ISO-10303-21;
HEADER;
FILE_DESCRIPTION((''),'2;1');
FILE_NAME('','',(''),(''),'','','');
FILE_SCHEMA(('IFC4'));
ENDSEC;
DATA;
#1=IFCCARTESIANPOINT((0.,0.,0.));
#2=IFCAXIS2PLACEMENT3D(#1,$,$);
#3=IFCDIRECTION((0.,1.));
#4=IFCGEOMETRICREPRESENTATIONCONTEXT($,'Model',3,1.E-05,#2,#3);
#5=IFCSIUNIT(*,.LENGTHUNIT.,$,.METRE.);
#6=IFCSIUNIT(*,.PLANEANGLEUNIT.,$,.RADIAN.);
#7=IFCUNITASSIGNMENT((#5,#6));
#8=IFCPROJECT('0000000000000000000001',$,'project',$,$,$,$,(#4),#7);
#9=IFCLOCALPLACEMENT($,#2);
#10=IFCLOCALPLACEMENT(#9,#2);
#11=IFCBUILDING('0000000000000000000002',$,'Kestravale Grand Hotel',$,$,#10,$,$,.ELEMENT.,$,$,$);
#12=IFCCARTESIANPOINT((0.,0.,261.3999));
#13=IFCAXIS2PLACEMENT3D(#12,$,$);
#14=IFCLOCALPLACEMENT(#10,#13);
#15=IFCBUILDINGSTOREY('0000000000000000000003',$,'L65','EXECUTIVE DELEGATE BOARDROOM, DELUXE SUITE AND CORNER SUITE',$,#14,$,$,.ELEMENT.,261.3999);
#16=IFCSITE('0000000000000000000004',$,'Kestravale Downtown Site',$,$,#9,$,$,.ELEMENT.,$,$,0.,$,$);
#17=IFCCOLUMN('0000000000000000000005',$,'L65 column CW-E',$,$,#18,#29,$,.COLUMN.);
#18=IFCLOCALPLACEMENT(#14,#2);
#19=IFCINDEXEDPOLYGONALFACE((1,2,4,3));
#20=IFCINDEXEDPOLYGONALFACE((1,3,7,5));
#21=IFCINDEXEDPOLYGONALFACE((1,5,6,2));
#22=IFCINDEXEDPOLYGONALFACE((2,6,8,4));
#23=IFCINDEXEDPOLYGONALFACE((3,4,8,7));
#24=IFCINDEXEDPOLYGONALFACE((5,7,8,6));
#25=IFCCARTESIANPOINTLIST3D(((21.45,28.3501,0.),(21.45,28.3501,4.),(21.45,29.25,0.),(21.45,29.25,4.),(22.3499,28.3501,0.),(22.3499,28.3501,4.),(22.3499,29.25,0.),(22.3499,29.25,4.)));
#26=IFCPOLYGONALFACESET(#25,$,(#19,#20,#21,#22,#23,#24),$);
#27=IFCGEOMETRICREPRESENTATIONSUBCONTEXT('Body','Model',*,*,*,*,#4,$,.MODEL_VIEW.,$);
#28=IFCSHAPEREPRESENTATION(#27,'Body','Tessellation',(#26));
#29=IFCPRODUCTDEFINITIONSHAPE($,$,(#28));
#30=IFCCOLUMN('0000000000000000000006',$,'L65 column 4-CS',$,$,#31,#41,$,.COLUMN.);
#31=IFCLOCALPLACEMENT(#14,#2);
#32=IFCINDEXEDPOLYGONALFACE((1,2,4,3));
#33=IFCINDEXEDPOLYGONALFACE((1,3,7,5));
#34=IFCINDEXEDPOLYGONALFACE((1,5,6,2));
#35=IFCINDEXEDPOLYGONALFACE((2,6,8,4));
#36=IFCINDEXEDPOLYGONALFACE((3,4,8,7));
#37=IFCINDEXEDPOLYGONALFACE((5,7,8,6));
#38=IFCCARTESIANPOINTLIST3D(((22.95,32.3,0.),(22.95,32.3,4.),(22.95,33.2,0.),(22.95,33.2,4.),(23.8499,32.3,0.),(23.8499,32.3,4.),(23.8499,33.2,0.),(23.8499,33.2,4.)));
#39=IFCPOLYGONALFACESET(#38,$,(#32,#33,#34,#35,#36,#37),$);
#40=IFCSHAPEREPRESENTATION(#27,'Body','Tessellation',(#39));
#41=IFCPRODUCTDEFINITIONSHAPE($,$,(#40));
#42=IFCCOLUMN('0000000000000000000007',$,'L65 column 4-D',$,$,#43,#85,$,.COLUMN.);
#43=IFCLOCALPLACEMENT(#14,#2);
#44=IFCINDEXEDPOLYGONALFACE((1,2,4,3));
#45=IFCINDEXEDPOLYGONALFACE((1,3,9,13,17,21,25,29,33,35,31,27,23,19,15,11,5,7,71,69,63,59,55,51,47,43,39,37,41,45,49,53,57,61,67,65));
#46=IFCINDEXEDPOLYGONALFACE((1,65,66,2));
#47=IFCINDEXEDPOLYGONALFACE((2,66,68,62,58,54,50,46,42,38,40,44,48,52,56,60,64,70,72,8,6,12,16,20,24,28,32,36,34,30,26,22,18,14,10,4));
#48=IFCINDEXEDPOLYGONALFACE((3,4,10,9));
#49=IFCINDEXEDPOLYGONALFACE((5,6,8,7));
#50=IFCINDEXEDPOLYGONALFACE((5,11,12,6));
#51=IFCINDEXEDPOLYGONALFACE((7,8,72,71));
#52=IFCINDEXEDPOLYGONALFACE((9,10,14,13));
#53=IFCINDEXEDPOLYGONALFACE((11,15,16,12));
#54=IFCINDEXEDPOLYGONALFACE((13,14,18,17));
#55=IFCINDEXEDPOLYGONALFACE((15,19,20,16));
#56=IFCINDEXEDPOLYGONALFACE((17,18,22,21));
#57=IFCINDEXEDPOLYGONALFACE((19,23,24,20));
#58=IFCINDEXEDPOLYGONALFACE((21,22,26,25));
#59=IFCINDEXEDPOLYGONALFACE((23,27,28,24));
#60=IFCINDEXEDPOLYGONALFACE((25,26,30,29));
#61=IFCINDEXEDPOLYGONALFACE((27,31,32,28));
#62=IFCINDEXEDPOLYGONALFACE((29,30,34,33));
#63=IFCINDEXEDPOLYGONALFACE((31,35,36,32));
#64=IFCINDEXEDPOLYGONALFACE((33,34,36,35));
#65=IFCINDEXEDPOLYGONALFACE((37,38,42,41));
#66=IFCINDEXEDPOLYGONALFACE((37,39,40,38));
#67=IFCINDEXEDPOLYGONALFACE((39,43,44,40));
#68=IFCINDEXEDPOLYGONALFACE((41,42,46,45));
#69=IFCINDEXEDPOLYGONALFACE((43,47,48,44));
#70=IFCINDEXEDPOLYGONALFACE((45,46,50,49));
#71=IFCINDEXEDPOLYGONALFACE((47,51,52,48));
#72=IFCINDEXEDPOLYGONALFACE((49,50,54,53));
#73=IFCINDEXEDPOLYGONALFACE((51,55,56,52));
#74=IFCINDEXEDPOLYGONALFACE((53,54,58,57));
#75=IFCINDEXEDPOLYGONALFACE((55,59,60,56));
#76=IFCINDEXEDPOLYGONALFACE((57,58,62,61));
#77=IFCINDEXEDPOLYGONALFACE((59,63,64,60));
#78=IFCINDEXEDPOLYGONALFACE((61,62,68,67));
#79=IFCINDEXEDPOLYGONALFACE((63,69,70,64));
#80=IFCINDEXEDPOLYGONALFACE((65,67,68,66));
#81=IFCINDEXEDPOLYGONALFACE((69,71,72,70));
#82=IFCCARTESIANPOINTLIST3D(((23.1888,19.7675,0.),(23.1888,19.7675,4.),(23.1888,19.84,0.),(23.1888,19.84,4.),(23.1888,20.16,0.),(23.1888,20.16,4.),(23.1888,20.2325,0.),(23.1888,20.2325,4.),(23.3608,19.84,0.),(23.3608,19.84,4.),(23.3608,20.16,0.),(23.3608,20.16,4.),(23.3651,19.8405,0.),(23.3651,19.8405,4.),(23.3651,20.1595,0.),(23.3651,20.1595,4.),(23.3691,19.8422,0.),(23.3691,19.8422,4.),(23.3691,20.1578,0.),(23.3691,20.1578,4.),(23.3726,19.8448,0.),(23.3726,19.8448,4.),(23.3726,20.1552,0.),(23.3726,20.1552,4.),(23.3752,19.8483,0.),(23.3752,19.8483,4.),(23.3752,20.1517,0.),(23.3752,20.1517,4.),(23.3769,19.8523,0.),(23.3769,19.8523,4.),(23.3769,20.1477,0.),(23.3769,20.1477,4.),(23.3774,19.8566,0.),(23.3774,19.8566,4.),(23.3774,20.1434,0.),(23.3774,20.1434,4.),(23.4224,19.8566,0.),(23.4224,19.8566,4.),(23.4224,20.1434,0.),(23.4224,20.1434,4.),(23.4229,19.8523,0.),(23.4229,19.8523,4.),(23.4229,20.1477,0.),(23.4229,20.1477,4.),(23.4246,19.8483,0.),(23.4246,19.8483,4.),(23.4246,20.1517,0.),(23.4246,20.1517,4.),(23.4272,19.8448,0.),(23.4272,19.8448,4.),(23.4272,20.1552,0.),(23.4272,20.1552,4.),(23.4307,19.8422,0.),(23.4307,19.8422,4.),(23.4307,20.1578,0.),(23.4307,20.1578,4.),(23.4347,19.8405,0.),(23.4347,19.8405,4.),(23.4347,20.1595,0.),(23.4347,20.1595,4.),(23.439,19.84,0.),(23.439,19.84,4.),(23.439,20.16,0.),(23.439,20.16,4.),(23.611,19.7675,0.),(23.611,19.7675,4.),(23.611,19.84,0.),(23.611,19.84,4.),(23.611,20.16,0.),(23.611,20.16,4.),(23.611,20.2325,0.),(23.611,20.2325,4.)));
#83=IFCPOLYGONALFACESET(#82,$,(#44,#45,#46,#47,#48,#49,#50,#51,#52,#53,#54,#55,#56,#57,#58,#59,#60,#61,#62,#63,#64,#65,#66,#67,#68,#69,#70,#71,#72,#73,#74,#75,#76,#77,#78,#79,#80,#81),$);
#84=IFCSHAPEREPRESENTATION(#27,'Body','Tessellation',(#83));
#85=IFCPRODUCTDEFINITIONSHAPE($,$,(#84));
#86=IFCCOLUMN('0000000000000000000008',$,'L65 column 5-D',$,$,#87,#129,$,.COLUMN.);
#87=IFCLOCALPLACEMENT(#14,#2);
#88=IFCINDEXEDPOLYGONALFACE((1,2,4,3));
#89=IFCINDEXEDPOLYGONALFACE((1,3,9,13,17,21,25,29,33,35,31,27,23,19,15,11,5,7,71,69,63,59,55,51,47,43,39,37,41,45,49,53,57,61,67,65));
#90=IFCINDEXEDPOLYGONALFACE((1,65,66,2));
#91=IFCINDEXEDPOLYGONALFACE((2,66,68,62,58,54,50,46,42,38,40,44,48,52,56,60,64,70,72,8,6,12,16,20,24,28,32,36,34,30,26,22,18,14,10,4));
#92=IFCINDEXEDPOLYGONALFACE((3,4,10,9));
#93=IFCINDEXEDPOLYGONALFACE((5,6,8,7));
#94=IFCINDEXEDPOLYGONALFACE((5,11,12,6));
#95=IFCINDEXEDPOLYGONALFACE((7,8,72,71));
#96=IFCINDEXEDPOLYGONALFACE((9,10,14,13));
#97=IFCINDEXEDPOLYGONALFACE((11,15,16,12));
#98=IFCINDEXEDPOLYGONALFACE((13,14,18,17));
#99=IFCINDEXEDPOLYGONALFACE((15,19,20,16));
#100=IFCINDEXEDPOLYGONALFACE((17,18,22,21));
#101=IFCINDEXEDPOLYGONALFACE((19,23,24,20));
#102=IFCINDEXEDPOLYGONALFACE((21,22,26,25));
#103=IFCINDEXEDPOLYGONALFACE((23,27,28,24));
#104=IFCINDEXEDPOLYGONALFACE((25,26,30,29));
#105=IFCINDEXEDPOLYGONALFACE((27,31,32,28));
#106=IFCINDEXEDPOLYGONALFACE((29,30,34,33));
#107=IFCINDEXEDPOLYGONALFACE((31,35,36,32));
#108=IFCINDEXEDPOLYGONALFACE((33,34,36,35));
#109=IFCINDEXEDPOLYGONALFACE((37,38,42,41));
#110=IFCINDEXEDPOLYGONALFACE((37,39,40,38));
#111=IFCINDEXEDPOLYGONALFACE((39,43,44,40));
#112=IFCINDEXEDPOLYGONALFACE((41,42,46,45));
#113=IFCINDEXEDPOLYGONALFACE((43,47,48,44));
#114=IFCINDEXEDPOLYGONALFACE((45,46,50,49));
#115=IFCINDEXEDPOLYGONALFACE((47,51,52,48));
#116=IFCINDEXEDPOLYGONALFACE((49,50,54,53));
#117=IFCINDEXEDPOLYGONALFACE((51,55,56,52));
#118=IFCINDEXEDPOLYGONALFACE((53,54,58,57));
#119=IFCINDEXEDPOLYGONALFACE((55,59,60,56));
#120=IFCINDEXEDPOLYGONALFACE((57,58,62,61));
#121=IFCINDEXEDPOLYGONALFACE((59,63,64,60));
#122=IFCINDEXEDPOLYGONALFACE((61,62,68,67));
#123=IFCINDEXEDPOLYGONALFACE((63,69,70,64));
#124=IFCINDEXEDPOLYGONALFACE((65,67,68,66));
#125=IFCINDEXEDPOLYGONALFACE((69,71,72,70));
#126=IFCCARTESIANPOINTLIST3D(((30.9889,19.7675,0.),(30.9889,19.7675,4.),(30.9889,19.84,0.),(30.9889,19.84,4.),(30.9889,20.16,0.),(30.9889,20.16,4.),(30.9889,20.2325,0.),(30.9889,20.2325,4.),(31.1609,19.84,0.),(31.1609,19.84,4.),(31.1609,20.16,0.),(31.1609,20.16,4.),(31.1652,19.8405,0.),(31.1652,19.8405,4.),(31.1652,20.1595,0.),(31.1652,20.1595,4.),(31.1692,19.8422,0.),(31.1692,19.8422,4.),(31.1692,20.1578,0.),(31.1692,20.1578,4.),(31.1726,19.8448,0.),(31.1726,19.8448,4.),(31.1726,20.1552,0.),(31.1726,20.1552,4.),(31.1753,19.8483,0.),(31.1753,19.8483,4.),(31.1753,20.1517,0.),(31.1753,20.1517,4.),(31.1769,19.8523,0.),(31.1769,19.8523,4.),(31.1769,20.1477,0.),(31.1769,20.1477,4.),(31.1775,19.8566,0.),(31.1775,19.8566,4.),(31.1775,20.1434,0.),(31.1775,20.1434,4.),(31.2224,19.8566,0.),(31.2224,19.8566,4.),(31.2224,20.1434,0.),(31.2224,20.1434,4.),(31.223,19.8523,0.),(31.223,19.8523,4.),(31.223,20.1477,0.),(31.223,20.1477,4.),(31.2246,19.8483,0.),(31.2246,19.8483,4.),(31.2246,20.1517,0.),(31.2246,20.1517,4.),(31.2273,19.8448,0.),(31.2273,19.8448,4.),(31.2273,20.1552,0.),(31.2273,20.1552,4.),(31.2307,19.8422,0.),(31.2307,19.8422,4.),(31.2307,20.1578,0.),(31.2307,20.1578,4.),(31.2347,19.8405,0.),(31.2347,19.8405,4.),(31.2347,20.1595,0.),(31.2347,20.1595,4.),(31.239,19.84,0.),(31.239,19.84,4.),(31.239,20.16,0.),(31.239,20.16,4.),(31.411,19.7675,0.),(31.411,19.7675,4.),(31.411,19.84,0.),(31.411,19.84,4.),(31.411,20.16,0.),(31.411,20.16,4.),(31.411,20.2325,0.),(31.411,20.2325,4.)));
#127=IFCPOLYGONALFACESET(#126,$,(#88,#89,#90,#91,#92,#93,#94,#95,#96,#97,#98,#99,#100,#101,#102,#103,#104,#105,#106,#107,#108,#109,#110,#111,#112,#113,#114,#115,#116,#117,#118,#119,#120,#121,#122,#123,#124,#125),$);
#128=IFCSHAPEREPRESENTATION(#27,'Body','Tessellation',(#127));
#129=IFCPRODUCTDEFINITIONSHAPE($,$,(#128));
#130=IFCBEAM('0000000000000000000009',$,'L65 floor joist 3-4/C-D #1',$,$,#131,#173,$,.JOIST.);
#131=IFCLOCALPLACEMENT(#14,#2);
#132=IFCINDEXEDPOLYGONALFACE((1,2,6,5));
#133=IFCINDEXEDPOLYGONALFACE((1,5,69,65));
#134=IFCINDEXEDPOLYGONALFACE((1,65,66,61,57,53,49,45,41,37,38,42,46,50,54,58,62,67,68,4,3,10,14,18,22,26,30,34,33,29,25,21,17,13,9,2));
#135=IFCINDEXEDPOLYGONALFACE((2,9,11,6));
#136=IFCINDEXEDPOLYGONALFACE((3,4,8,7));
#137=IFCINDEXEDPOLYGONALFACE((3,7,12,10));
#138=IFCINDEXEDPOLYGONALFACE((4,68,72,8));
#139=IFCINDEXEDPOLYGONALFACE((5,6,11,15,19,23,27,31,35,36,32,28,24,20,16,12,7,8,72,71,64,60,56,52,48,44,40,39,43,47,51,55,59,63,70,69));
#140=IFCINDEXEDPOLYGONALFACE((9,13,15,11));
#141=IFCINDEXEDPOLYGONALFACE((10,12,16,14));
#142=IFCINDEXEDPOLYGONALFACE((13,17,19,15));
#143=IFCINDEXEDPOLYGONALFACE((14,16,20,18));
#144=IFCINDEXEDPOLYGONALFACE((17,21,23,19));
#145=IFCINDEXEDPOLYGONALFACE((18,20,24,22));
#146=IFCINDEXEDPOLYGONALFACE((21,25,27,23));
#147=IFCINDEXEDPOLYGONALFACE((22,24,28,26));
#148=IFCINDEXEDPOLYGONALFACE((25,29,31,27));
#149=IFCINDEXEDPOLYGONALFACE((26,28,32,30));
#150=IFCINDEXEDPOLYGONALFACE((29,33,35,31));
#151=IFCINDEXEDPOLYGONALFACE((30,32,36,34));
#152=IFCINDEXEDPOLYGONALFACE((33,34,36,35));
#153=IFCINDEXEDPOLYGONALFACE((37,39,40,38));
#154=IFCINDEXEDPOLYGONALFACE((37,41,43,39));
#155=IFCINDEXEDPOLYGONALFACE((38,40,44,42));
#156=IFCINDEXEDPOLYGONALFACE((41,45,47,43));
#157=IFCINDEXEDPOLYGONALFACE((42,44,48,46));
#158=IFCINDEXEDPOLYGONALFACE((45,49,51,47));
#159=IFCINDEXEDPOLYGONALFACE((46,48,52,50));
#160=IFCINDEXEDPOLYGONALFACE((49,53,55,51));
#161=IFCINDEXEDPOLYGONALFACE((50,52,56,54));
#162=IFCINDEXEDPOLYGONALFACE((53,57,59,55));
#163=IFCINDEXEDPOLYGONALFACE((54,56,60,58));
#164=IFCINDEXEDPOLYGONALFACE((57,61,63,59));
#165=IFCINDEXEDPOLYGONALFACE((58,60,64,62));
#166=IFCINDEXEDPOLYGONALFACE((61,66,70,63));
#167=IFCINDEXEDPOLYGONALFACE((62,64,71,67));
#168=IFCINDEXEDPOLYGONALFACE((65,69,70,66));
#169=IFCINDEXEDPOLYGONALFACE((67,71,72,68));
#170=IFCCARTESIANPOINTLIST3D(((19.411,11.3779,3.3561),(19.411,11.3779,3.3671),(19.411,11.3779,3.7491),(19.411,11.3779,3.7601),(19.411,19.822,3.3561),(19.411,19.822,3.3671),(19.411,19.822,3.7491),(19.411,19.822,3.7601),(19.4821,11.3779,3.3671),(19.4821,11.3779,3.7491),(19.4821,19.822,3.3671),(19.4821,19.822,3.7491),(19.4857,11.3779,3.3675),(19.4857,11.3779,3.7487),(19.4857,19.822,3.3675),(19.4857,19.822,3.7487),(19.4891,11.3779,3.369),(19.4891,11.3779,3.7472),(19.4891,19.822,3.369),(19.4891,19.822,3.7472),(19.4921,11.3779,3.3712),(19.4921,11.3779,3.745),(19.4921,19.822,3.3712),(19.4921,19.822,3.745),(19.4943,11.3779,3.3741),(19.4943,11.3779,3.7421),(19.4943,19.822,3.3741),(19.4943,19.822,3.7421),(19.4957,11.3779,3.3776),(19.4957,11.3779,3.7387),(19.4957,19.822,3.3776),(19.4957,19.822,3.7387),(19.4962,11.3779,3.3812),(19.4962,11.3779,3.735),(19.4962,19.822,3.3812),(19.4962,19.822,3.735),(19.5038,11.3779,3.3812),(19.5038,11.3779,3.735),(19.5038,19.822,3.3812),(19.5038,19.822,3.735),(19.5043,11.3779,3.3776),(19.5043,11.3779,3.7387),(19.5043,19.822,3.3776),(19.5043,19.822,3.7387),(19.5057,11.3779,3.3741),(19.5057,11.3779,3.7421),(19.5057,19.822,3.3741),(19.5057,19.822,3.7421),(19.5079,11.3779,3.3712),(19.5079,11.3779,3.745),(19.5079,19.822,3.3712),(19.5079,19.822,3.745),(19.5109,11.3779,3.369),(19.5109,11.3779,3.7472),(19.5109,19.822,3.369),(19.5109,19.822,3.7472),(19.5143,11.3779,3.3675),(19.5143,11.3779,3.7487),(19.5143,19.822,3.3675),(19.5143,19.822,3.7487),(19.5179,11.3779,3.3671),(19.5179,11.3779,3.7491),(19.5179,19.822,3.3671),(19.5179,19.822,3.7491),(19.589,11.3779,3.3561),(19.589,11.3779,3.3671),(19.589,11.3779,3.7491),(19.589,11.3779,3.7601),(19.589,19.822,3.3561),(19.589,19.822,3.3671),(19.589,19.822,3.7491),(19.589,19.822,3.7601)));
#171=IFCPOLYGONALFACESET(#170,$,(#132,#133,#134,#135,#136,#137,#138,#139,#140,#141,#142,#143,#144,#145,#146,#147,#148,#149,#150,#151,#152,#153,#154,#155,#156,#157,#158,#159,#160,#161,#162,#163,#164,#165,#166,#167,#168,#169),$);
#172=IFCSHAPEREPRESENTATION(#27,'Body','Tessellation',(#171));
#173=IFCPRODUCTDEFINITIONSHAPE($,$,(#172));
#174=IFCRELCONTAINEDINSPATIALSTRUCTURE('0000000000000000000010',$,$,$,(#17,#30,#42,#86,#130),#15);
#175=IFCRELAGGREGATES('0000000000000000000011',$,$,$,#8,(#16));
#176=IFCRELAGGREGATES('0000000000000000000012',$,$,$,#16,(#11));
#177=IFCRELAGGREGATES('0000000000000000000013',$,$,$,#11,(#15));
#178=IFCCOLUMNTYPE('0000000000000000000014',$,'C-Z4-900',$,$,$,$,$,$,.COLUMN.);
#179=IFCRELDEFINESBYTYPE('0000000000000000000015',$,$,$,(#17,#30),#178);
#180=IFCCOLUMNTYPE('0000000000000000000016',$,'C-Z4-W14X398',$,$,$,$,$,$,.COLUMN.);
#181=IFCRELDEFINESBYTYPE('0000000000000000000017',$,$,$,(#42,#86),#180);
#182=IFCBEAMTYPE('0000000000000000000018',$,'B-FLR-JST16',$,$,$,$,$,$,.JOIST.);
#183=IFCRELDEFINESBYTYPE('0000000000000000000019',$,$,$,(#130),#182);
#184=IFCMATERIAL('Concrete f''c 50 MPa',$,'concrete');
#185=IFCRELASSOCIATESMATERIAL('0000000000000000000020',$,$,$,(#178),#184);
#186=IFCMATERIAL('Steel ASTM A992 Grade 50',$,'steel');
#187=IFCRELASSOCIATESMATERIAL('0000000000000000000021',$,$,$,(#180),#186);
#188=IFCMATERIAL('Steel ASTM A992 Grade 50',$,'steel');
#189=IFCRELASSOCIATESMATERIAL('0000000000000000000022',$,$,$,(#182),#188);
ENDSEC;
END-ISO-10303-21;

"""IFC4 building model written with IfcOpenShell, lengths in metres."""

from ifc_helpers import new_model, si_unit, direction, frame, origin, origin_2d, place, context, subcontext, project, spatial, rectangle, i_section, extrude, material, material_profile, profile_set, type_object, element, save


model = new_model("IFC4")

# Units and contexts
model_context = context("Model", 3, precision=1e-05, world=origin(), true_north=direction((0.0, 1.0)))
body_context = subcontext(model_context, "Body", "Model", "MODEL_VIEW")
ifc_project = project(units=[si_unit("LENGTHUNIT", "METRE"), si_unit("PLANEANGLEUNIT", "RADIAN")], contexts=[model_context])

# Site, building, storey
site_placement = place(None, origin())
site = spatial("IfcSite", under=ifc_project, at=site_placement, Name="Kestravale Downtown Site", CompositionType="ELEMENT", RefElevation=0.0)
building_placement = place(site_placement, origin())
building = spatial("IfcBuilding", under=site, at=building_placement, Name="Kestravale Grand Hotel", CompositionType="ELEMENT")
storey_placement = place(building_placement, frame((0.0, 0.0, 261.3999)))
storey = spatial("IfcBuildingStorey", under=building, at=storey_placement, Name="L65", Description="EXECUTIVE DELEGATE BOARDROOM, DELUXE SUITE AND CORNER SUITE", CompositionType="ELEMENT", Elevation=261.3999)

# Columns
ifc_material_1 = material(Name="Concrete f'c 50 MPa", Category="concrete")
ifc_material_profile_1 = material_profile(ifc_material_1, rectangle(XDim=0.8999, YDim=0.8999, at=origin_2d()))
ifc_profile_set_1 = profile_set([ifc_material_profile_1], Name="Concrete f'c 50 MPa")
column_type_1 = type_object("IfcColumnType", Name="C-Z4-900", PredefinedType="COLUMN", material=ifc_profile_set_1)
for number, where, z_axis, x_axis, name in (
    (1, (21.8999, 28.8, 0.0), (0.0, 0.0, 1.0), (1.0, 0.0, 0.0), "L65 column CW-E"),
    (2, (23.3999, 32.75, 0.0), (0.0, 0.0, 1.0), (1.0, 0.0, 0.0), "L65 column 4-CS"),
):
    element("IfcColumn", number, at=place(storey_placement, frame(where, z_axis=z_axis, x_axis=x_axis)), inside=storey, type_object=column_type_1, Name=name, PredefinedType="COLUMN", context=body_context, shape_type="SweptSolid", body=[
        extrude(rectangle(XDim=0.8999, YDim=0.8999, at=origin_2d()), origin(), (0.0, 0.0, 1.0), 4.0),
    ])
ifc_material_2 = material(Name="Steel ASTM A992 Grade 50", Category="steel")
ifc_material_profile_2 = material_profile(ifc_material_2, i_section(OverallWidth=0.4221, OverallDepth=0.4651, WebThickness=0.0449, FlangeThickness=0.0725, FilletRadius=0.0166, at=origin_2d()))
ifc_profile_set_2 = profile_set([ifc_material_profile_2], Name="Steel ASTM A992 Grade 50")
column_type_2 = type_object("IfcColumnType", Name="C-Z4-W14X398", PredefinedType="COLUMN", material=ifc_profile_set_2)
for number, where, z_axis, x_axis, name in (
    (3, (23.3999, 20.0, 0.0), (0.0, 0.0, 1.0), (1.0, 0.0, 0.0), "L65 column 4-D"),
    (4, (31.2, 20.0, 0.0), (0.0, 0.0, 1.0), (1.0, 0.0, 0.0), "L65 column 5-D"),
):
    element("IfcColumn", number, at=place(storey_placement, frame(where, z_axis=z_axis, x_axis=x_axis)), inside=storey, type_object=column_type_2, Name=name, PredefinedType="COLUMN", context=body_context, shape_type="SweptSolid", body=[
        extrude(i_section(OverallWidth=0.4221, OverallDepth=0.4651, WebThickness=0.0449, FlangeThickness=0.0725, FilletRadius=0.0166, at=origin_2d()), origin(), (0.0, 0.0, 1.0), 4.0),
    ])

# Beam
ifc_material_3 = material(Name="Steel ASTM A992 Grade 50", Category="steel")
ifc_material_profile_3 = material_profile(ifc_material_3, i_section(OverallWidth=0.178, OverallDepth=0.4041, WebThickness=0.0076, FlangeThickness=0.011, FilletRadius=0.0142, at=origin_2d()))
ifc_profile_set_3 = profile_set([ifc_material_profile_3], Name="Steel ASTM A992 Grade 50")
beam_type_1 = type_object("IfcBeamType", Name="B-FLR-JST16", PredefinedType="JOIST", material=ifc_profile_set_3)
for number, where, z_axis, x_axis, name in (
    (5, (19.5, 11.3779, 3.5581), (0.0, 1.0, 0.0), (-1.0, 0.0, 0.0), "L65 floor joist 3-4/C-D #1"),
):
    element("IfcBeam", number, at=place(storey_placement, frame(where, z_axis=z_axis, x_axis=x_axis)), inside=storey, type_object=beam_type_1, Name=name, PredefinedType="JOIST", context=body_context, shape_type="SweptSolid", body=[
        extrude(i_section(OverallWidth=0.178, OverallDepth=0.4041, WebThickness=0.0076, FlangeThickness=0.011, FilletRadius=0.0142, at=origin_2d()), origin(), (0.0, 0.0, 1.0), 8.4441),
    ])

save(model, "model.ifc")
